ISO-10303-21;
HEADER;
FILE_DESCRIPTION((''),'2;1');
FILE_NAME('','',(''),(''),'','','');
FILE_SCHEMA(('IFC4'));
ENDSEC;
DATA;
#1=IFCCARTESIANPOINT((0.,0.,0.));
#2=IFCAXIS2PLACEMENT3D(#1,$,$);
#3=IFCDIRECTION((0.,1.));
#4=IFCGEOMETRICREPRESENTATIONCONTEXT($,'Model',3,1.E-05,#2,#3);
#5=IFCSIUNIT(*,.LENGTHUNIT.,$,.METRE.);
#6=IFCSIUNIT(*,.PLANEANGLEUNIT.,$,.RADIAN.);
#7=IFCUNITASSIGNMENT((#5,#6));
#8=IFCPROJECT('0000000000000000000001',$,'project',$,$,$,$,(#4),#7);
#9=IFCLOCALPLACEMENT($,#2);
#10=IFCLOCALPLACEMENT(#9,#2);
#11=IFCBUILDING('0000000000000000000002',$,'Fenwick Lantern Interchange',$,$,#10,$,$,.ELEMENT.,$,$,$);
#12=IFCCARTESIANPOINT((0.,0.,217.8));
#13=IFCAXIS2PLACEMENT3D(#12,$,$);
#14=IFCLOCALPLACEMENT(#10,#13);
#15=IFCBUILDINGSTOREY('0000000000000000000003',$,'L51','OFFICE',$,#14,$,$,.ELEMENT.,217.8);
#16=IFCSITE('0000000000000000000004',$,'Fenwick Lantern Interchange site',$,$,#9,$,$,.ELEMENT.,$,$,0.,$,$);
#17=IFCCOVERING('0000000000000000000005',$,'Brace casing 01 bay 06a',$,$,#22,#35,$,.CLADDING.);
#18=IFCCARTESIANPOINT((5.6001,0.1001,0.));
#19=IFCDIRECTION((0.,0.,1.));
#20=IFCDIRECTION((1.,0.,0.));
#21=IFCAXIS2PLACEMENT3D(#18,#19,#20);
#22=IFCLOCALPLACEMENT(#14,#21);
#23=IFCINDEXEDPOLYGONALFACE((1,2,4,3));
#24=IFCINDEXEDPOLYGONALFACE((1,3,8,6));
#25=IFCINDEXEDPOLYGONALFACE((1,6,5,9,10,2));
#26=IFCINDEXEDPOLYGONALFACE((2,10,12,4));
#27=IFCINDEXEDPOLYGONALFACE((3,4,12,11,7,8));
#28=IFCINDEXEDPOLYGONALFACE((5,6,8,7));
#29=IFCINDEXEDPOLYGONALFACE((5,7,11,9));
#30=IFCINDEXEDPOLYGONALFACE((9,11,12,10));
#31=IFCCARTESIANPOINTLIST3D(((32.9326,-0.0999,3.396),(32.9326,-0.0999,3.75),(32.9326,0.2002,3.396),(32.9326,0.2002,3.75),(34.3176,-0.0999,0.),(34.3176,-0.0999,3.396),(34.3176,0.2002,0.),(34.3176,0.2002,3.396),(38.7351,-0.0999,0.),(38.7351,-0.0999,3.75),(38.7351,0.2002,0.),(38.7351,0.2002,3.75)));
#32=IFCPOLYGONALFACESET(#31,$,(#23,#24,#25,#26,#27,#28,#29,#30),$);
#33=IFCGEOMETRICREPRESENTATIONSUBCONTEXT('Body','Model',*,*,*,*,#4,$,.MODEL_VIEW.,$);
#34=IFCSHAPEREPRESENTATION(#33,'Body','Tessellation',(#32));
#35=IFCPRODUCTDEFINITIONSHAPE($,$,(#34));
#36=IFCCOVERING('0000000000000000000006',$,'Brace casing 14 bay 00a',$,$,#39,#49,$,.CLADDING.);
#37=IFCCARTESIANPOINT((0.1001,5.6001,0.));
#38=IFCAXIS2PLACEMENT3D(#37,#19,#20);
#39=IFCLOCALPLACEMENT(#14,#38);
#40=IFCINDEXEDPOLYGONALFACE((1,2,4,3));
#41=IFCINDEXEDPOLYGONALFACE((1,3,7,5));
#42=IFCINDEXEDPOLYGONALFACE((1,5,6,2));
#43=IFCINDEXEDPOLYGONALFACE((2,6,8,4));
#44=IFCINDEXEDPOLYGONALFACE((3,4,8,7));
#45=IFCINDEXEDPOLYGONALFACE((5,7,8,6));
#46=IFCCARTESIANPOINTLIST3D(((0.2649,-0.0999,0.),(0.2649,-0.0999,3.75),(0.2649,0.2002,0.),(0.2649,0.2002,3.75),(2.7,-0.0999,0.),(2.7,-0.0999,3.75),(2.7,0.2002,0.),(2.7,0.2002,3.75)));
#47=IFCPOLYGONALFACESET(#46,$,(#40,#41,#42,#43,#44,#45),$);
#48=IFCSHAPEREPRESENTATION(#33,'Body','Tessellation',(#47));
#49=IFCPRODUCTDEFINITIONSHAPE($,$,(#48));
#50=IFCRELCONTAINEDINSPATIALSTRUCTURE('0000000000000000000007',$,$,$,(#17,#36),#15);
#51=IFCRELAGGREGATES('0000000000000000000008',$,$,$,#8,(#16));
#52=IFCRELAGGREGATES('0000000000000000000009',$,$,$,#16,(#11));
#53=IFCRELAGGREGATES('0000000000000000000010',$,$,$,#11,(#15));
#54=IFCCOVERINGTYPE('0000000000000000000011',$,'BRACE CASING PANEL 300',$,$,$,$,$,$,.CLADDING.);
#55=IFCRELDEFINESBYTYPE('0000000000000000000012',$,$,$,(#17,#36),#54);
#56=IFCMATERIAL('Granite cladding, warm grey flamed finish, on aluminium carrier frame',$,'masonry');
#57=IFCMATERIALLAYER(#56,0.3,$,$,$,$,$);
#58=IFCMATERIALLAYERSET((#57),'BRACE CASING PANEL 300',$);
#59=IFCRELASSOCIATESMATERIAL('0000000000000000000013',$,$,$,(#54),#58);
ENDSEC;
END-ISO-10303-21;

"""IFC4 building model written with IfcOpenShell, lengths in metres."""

from ifc_helpers import new_model, si_unit, direction, frame, origin, place, context, subcontext, project, spatial, polyline, outline, extrude, material, layer, layer_set, type_object, element, save


model = new_model("IFC4")

# Units and contexts
model_context = context("Model", 3, precision=1e-05, world=origin(), true_north=direction((0.0, 1.0)))
body_context = subcontext(model_context, "Body", "Model", "MODEL_VIEW")
ifc_project = project(units=[si_unit("LENGTHUNIT", "METRE"), si_unit("PLANEANGLEUNIT", "RADIAN")], contexts=[model_context])

# Site, building, storey
site_placement = place(None, origin())
site = spatial("IfcSite", under=ifc_project, at=site_placement, Name="Fenwick Lantern Interchange site", CompositionType="ELEMENT", RefElevation=0.0)
building_placement = place(site_placement, origin())
building = spatial("IfcBuilding", under=site, at=building_placement, Name="Fenwick Lantern Interchange", CompositionType="ELEMENT")
storey_placement = place(building_placement, frame((0.0, 0.0, 217.8)))
storey = spatial("IfcBuildingStorey", under=building, at=storey_placement, Name="L51", Description="OFFICE", CompositionType="ELEMENT", Elevation=217.8)

# Coverings
ifc_material_1 = material(Name="Granite cladding, warm grey flamed finish, on aluminium carrier frame", Category="masonry")
ifc_layer_1 = layer(ifc_material_1, 0.3)
ifc_layer_set_1 = layer_set([ifc_layer_1], Name="BRACE CASING PANEL 300")
covering_type_1 = type_object("IfcCoveringType", Name="BRACE CASING PANEL 300", PredefinedType="CLADDING", material=ifc_layer_set_1)
covering_1_placement = place(storey_placement, frame((5.6001, 0.1001, 0.0), z_axis=(0.0, 0.0, 1.0), x_axis=(1.0, 0.0, 0.0)))
element("IfcCovering", 1, at=covering_1_placement, inside=storey, type_object=covering_type_1, Name="Brace casing 01 bay 06a", PredefinedType="CLADDING", context=body_context, shape_type="SweptSolid", body=[
    extrude(outline(polyline([(34.3176, 0.0), (38.7351, 0.0), (38.7351, 3.75), (32.9326, 3.75), (32.9326, 3.396), (34.3176, 3.396), (34.3176, 0.0)])), frame((0.0, 0.2002, 0.0), z_axis=(0.0, -1.0, 0.0), x_axis=(1.0, 0.0, 0.0)), (0.0, 0.0, 1.0), 0.3),
])
covering_2_placement = place(storey_placement, frame((0.1001, 5.6001, 0.0), z_axis=(0.0, 0.0, 1.0), x_axis=(1.0, 0.0, 0.0)))
element("IfcCovering", 2, at=covering_2_placement, inside=storey, type_object=covering_type_1, Name="Brace casing 14 bay 00a", PredefinedType="CLADDING", context=body_context, shape_type="SweptSolid", body=[
    extrude(outline(polyline([(0.2649, 0.0), (2.7, 0.0), (2.7, 3.75), (0.2649, 3.75), (0.2649, 0.0)])), frame((0.0, 0.2002, 0.0), z_axis=(0.0, -1.0, 0.0), x_axis=(1.0, 0.0, 0.0)), (0.0, 0.0, 1.0), 0.3),
])

save(model, "model.ifc")
